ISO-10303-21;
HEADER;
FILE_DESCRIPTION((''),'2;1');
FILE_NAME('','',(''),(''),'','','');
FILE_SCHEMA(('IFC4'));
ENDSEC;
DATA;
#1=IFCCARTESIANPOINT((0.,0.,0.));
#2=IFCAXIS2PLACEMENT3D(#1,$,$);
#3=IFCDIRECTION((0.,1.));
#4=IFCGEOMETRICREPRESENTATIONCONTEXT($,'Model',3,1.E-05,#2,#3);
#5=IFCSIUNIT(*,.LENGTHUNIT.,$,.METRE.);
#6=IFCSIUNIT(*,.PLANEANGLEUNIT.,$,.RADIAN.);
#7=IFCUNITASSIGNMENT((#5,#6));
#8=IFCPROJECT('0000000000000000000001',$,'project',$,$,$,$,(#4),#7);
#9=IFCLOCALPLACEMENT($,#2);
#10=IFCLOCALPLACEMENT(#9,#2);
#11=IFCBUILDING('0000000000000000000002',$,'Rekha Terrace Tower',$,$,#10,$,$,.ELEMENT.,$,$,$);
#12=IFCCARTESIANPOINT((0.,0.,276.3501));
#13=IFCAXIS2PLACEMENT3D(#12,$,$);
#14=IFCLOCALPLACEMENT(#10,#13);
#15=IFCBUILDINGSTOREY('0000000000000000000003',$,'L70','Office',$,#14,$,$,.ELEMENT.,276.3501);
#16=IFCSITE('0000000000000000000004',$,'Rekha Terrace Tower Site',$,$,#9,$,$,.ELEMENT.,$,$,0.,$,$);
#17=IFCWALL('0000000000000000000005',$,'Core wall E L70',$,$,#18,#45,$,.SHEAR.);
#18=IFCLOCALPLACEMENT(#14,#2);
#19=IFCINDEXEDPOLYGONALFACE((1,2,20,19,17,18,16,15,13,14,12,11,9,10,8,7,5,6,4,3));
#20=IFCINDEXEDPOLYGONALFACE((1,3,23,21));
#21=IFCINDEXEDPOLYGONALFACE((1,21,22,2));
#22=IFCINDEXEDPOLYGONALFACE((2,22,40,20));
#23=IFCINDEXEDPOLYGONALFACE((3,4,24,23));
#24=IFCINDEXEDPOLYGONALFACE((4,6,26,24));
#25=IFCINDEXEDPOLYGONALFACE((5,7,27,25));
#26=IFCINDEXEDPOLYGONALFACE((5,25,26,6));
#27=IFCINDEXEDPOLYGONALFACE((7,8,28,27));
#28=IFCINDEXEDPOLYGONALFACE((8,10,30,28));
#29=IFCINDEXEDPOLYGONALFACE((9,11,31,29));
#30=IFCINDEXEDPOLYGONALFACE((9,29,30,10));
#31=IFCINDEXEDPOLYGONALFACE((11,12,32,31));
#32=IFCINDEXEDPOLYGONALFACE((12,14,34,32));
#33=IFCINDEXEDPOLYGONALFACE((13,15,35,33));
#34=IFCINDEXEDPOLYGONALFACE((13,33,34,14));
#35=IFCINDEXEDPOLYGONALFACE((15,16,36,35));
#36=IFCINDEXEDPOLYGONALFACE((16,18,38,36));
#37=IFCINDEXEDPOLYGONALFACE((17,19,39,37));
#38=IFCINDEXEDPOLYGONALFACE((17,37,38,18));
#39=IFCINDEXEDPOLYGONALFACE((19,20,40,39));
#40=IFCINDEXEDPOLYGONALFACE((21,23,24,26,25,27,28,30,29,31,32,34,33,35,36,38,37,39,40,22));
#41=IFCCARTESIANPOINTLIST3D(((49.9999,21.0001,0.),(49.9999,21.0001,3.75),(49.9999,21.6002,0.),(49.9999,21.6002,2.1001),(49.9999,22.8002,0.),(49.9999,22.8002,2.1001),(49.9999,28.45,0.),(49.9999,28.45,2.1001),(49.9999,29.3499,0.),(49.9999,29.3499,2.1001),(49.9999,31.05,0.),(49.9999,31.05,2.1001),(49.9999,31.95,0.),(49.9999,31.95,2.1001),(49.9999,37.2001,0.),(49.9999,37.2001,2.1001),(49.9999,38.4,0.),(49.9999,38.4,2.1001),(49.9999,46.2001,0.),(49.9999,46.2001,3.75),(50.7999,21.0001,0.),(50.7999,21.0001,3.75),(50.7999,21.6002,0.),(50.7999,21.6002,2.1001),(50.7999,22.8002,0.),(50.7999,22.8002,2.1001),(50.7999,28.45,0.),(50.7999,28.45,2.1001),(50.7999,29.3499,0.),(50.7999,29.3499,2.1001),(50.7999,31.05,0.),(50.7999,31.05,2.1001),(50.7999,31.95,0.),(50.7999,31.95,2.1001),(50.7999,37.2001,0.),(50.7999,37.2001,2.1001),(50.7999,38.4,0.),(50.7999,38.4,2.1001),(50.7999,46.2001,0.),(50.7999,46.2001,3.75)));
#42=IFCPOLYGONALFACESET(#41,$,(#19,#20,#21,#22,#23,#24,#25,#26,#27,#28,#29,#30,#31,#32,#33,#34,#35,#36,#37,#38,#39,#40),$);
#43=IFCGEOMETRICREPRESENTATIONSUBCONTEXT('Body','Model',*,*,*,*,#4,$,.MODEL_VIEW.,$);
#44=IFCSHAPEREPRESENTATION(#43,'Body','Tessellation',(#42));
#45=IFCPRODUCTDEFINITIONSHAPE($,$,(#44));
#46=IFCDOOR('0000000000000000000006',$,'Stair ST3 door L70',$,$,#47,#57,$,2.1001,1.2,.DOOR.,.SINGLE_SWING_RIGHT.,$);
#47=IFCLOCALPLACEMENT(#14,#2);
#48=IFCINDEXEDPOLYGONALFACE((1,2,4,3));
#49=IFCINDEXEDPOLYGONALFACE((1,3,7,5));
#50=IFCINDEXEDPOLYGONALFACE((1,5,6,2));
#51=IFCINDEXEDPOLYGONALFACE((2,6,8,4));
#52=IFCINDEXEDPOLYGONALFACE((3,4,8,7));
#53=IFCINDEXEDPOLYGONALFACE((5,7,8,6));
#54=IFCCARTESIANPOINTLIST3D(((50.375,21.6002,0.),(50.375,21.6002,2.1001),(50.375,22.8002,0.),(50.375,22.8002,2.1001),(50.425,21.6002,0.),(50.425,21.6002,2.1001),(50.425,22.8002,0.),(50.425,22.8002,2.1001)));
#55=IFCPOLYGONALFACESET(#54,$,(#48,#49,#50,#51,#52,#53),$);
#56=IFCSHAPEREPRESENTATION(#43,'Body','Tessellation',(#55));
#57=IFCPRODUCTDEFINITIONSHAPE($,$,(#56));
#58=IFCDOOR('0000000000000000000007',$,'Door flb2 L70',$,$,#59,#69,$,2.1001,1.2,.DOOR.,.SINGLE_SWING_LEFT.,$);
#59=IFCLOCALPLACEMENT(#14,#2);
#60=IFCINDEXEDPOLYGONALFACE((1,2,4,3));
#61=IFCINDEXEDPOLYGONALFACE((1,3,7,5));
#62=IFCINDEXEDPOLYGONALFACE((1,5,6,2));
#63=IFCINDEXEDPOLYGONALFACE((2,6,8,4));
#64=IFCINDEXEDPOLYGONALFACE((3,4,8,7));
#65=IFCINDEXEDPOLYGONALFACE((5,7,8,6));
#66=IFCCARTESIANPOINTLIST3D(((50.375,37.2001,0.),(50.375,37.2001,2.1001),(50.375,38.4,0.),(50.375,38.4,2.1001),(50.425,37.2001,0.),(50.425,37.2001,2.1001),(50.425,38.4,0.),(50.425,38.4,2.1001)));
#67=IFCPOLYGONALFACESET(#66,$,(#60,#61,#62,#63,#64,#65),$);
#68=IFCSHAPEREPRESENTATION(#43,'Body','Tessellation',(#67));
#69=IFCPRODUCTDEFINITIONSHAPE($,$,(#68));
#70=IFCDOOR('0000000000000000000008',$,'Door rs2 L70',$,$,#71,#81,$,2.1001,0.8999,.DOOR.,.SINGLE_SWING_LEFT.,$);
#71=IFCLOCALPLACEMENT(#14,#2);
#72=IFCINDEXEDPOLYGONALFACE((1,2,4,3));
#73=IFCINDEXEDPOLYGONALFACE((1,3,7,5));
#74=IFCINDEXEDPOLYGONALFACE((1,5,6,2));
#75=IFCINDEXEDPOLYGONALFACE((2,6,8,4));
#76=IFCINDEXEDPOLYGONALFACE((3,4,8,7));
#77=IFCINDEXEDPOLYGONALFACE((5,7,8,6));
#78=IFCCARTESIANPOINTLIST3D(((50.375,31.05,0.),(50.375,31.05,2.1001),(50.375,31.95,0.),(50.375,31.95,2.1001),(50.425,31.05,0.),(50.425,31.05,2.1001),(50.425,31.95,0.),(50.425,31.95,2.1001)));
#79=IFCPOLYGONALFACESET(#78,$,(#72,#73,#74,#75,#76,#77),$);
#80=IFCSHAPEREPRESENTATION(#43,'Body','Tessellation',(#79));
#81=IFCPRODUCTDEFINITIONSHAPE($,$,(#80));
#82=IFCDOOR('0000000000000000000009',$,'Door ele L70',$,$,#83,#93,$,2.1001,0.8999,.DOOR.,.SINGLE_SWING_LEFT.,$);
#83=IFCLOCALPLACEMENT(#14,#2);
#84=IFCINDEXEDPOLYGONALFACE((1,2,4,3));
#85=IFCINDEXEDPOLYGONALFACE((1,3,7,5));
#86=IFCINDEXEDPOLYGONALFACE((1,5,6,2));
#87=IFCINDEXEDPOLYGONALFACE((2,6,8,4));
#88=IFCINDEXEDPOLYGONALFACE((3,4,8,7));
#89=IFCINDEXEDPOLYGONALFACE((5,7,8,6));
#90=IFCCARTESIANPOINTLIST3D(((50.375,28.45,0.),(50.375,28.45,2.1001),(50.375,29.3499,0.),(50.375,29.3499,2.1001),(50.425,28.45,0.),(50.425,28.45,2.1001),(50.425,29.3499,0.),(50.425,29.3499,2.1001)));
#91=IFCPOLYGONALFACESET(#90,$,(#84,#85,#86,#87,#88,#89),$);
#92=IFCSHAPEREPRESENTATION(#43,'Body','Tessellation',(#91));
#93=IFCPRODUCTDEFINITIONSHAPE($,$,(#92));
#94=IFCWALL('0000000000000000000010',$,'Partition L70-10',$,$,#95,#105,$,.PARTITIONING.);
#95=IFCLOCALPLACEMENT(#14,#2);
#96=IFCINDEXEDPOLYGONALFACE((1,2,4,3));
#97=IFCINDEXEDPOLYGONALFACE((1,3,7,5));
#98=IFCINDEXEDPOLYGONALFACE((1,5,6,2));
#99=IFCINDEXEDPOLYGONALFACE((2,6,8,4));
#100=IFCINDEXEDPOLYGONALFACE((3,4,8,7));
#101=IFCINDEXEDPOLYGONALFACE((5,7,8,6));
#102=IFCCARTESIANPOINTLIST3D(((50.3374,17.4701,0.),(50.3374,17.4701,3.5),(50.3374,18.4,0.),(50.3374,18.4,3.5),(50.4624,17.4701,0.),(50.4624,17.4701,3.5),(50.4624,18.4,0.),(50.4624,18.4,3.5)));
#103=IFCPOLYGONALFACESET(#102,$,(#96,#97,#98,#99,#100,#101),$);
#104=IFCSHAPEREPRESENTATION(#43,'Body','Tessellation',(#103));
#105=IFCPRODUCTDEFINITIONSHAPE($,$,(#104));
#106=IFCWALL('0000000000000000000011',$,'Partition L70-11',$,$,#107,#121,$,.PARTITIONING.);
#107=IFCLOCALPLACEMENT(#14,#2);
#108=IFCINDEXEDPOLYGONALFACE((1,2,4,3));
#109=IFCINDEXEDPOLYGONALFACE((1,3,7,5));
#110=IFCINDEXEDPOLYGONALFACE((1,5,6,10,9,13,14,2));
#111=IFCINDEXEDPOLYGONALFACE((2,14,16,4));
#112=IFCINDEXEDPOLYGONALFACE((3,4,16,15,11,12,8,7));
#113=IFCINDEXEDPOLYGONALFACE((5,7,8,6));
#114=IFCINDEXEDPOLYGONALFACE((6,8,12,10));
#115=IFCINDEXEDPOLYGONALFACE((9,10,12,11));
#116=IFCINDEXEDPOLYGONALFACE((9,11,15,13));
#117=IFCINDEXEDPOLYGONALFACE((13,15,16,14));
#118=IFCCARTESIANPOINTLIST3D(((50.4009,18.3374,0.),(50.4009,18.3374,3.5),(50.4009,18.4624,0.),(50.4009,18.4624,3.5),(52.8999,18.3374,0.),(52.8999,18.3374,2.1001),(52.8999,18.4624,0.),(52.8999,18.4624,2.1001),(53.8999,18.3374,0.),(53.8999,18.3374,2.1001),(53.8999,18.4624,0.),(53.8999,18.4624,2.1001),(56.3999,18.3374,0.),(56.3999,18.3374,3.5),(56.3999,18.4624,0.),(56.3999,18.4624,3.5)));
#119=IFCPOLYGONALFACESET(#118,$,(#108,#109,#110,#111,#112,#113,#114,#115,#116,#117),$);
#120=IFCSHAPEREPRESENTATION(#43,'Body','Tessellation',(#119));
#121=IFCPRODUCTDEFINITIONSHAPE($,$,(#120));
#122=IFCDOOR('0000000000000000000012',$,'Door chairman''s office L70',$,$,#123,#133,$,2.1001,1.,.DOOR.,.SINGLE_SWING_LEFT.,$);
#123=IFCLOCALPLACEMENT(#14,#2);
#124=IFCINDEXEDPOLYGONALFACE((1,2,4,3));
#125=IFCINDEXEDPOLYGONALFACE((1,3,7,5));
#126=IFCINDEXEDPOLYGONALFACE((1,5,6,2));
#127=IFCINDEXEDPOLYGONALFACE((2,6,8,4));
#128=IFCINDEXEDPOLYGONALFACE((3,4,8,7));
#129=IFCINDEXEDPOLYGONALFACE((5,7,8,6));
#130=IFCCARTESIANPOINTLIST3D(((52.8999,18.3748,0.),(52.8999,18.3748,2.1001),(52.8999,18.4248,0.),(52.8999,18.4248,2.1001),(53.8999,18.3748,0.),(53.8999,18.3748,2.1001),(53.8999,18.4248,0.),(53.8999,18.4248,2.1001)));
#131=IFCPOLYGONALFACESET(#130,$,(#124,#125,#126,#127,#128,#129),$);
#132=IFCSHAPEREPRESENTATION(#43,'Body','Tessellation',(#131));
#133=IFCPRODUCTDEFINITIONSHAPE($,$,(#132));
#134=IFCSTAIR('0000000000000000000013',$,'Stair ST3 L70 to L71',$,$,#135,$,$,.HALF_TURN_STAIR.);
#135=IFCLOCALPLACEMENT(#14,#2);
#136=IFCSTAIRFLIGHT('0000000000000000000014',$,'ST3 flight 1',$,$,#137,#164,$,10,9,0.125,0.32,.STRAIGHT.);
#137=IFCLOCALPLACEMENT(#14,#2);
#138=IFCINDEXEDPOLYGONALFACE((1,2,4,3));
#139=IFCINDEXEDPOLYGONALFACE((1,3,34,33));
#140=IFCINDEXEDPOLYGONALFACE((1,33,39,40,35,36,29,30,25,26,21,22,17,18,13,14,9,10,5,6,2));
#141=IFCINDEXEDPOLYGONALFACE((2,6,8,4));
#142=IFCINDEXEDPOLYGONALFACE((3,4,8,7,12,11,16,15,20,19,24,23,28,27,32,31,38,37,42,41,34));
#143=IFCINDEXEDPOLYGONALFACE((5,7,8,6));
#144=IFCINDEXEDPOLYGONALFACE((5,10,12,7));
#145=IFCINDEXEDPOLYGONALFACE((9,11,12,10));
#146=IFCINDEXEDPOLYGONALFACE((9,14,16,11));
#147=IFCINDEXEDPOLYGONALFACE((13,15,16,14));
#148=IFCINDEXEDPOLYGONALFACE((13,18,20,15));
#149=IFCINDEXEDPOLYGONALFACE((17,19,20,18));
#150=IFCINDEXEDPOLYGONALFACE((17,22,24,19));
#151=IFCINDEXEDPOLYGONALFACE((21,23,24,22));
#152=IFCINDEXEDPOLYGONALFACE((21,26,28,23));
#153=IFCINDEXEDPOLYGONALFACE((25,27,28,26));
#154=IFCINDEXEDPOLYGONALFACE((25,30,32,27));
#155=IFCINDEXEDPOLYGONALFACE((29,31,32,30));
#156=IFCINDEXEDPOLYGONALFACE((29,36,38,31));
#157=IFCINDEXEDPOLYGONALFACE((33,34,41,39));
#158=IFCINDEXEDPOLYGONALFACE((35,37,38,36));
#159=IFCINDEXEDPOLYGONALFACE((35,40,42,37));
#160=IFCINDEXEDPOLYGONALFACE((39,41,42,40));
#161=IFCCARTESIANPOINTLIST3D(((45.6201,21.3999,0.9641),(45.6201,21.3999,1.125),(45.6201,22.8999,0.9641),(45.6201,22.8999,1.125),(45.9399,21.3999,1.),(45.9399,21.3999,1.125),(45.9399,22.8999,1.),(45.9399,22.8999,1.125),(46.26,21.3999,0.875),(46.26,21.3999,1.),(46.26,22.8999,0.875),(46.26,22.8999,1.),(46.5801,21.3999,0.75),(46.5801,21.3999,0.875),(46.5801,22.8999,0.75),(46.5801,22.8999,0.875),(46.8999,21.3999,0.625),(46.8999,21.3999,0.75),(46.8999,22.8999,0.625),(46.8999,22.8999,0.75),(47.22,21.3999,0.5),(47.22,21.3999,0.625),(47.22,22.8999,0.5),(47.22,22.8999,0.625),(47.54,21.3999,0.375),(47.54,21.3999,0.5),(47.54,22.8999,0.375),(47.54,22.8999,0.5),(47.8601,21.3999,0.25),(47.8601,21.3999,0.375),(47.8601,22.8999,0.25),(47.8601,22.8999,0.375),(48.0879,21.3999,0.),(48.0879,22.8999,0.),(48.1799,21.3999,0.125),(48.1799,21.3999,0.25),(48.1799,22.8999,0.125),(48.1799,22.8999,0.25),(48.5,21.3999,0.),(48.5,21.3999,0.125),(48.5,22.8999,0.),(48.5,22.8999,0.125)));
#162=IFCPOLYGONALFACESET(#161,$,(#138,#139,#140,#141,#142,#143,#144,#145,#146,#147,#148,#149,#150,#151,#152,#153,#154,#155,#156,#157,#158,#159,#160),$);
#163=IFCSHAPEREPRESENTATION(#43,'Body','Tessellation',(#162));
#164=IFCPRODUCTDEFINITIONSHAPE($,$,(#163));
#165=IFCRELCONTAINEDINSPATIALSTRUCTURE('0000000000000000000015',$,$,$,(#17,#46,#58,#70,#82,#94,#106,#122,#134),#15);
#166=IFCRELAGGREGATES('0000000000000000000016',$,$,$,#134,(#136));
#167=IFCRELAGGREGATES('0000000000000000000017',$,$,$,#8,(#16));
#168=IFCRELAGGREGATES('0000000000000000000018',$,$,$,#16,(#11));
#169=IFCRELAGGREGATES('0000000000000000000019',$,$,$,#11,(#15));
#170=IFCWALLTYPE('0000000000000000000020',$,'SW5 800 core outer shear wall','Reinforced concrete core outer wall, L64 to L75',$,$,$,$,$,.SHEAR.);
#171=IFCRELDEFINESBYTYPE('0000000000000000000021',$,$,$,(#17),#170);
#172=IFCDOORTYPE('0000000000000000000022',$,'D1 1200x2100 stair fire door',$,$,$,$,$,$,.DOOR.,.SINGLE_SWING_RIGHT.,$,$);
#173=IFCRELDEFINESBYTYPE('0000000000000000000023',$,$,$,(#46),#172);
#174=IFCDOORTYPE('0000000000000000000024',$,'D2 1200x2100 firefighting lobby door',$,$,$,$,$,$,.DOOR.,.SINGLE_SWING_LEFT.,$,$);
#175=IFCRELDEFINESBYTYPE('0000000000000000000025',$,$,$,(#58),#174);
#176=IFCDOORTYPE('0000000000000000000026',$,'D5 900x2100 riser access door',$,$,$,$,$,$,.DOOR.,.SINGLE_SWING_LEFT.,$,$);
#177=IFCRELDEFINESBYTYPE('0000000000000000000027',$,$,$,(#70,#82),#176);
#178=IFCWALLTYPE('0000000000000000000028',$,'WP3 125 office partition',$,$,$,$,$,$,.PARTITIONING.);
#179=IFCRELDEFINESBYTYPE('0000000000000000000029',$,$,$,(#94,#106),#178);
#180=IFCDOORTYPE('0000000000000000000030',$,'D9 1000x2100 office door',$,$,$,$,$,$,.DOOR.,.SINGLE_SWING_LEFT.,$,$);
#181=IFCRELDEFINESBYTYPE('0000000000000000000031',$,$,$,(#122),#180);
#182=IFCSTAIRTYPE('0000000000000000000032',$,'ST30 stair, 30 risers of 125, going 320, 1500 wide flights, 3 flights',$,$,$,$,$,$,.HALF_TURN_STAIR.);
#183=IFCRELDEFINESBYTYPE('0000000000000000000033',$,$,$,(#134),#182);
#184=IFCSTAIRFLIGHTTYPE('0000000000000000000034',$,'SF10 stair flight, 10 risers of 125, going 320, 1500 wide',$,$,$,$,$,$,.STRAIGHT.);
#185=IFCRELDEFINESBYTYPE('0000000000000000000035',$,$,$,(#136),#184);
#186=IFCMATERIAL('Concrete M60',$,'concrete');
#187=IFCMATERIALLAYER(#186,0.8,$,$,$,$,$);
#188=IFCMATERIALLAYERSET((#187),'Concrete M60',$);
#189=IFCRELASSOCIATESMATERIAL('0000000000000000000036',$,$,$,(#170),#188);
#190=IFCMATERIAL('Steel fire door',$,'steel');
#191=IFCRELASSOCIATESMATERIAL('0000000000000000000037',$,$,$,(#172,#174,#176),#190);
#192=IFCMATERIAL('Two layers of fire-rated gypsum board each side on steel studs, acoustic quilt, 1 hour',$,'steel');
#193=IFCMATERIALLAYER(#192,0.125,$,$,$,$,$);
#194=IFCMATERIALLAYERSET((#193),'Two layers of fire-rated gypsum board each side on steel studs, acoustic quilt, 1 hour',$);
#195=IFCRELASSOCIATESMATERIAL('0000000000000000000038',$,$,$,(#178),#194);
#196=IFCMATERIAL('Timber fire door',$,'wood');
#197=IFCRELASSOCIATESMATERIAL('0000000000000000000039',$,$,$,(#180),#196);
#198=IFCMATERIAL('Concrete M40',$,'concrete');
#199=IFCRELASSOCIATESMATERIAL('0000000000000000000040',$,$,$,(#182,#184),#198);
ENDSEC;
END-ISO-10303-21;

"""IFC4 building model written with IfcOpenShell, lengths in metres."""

from ifc_helpers import new_model, si_unit, direction, frame, frame_2d, origin, place, context, subcontext, project, spatial, polyline, rectangle, outline, extrude, material, layer, layer_set, type_object, element, fill, aggregate, save


model = new_model("IFC4")

# Units and contexts
model_context = context("Model", 3, precision=1e-05, world=origin(), true_north=direction((0.0, 1.0)))
body_context = subcontext(model_context, "Body", "Model", "MODEL_VIEW")
ifc_project = project(units=[si_unit("LENGTHUNIT", "METRE"), si_unit("PLANEANGLEUNIT", "RADIAN")], contexts=[model_context])

# Site, building, storey
site_placement = place(None, origin())
site = spatial("IfcSite", under=ifc_project, at=site_placement, Name="Rekha Terrace Tower Site", CompositionType="ELEMENT", RefElevation=0.0)
building_placement = place(site_placement, origin())
building = spatial("IfcBuilding", under=site, at=building_placement, Name="Rekha Terrace Tower", CompositionType="ELEMENT")
storey_placement = place(building_placement, frame((0.0, 0.0, 276.3501)))
storey = spatial("IfcBuildingStorey", under=building, at=storey_placement, Name="L70", Description="Office", CompositionType="ELEMENT", Elevation=276.3501)

# Shared definitions
ifc_material_1 = material(Name="Concrete M60", Category="concrete")

# Wall, openings, doors
ifc_layer_1 = layer(ifc_material_1, 0.8)
ifc_layer_set_1 = layer_set([ifc_layer_1], Name="Concrete M60")
wall_type_1 = type_object("IfcWallType", Name="SW5 800 core outer shear wall", Description="Reinforced concrete core outer wall, L64 to L75", PredefinedType="SHEAR", material=ifc_layer_set_1)
wall_1_placement = place(storey_placement, frame((50.3999, 21.0, 0.0), z_axis=(0.0, 0.0, 1.0), x_axis=(0.0, 1.0, 0.0)))
wall_1 = element("IfcWall", 1, at=wall_1_placement, inside=storey, type_object=wall_type_1, Name="Core wall E L70", PredefinedType="SHEAR", context=body_context, shape_type="SweptSolid", body=[
    extrude(rectangle(XDim=25.2, YDim=0.8, at=frame_2d((12.6001, 0.0))), origin(), (0.0, 0.0, 1.0), 3.75),
])
opening_1_placement = place(wall_1_placement, frame((16.2, 0.0, 0.0)))
opening_1 = element("IfcOpeningElement", 2, at=opening_1_placement, cuts=wall_1, PredefinedType="OPENING", context=body_context, shape_type="SweptSolid", body=[
    extrude(rectangle(XDim=1.2, YDim=2.1001, at=frame_2d((0.6001, 1.05))), frame((0.0, 0.4099, 0.0), z_axis=(0.0, -1.0, 0.0), x_axis=(1.0, 0.0, 0.0)), (0.0, 0.0, 1.0), 0.8201),
])
opening_2_placement = place(wall_1_placement, frame((10.05, 0.0, 0.0)))
opening_2 = element("IfcOpeningElement", 3, at=opening_2_placement, cuts=wall_1, PredefinedType="OPENING", context=body_context, shape_type="SweptSolid", body=[
    extrude(rectangle(XDim=0.8999, YDim=2.1001, at=frame_2d((0.45, 1.05))), frame((0.0, 0.4099, 0.0), z_axis=(0.0, -1.0, 0.0), x_axis=(1.0, 0.0, 0.0)), (0.0, 0.0, 1.0), 0.8201),
])
opening_3_placement = place(wall_1_placement, frame((7.45, 0.0, 0.0)))
opening_3 = element("IfcOpeningElement", 4, at=opening_3_placement, cuts=wall_1, PredefinedType="OPENING", context=body_context, shape_type="SweptSolid", body=[
    extrude(rectangle(XDim=0.8999, YDim=2.1001, at=frame_2d((0.45, 1.05))), frame((0.0, 0.4099, 0.0), z_axis=(0.0, -1.0, 0.0), x_axis=(1.0, 0.0, 0.0)), (0.0, 0.0, 1.0), 0.8201),
])
opening_4_placement = place(wall_1_placement, frame((0.6001, 0.0, 0.0)))
opening_4 = element("IfcOpeningElement", 5, at=opening_4_placement, cuts=wall_1, PredefinedType="OPENING", context=body_context, shape_type="SweptSolid", body=[
    extrude(rectangle(XDim=1.2, YDim=2.1001, at=frame_2d((0.6001, 1.05))), frame((0.0, 0.4099, 0.0), z_axis=(0.0, -1.0, 0.0), x_axis=(1.0, 0.0, 0.0)), (0.0, 0.0, 1.0), 0.8201),
])
ifc_material_2 = material(Name="Steel fire door", Category="steel")
door_type_1 = type_object("IfcDoorType", Name="D1 1200x2100 stair fire door", OperationType="SINGLE_SWING_RIGHT", PredefinedType="DOOR", material=ifc_material_2)
door_1_placement = place(opening_4_placement, origin())
door_1 = element("IfcDoor", 6, at=door_1_placement, inside=storey, type_object=door_type_1, Name="Stair ST3 door L70", OperationType="SINGLE_SWING_RIGHT", OverallHeight=2.1001, OverallWidth=1.2, PredefinedType="DOOR", context=body_context, shape_type="SweptSolid", body=[
    extrude(rectangle(XDim=1.2, YDim=2.1001, at=frame_2d((0.6001, 1.05))), frame((0.0, 0.0249, 0.0), z_axis=(0.0, -1.0, 0.0), x_axis=(1.0, 0.0, 0.0)), (0.0, 0.0, 1.0), 0.05),
])
fill(opening_4, door_1)
door_type_2 = type_object("IfcDoorType", Name="D2 1200x2100 firefighting lobby door", OperationType="SINGLE_SWING_LEFT", PredefinedType="DOOR", material=ifc_material_2)
door_2_placement = place(opening_1_placement, origin())
door_2 = element("IfcDoor", 7, at=door_2_placement, inside=storey, type_object=door_type_2, Name="Door flb2 L70", OperationType="SINGLE_SWING_LEFT", OverallHeight=2.1001, OverallWidth=1.2, PredefinedType="DOOR", context=body_context, shape_type="SweptSolid", body=[
    extrude(rectangle(XDim=1.2, YDim=2.1001, at=frame_2d((0.6001, 1.05))), frame((0.0, 0.0249, 0.0), z_axis=(0.0, -1.0, 0.0), x_axis=(1.0, 0.0, 0.0)), (0.0, 0.0, 1.0), 0.05),
])
fill(opening_1, door_2)
door_type_3 = type_object("IfcDoorType", Name="D5 900x2100 riser access door", OperationType="SINGLE_SWING_LEFT", PredefinedType="DOOR", material=ifc_material_2)
door_3_placement = place(opening_2_placement, origin())
door_3 = element("IfcDoor", 8, at=door_3_placement, inside=storey, type_object=door_type_3, Name="Door rs2 L70", OperationType="SINGLE_SWING_LEFT", OverallHeight=2.1001, OverallWidth=0.8999, PredefinedType="DOOR", context=body_context, shape_type="SweptSolid", body=[
    extrude(rectangle(XDim=0.8999, YDim=2.1001, at=frame_2d((0.45, 1.05))), frame((0.0, 0.0249, 0.0), z_axis=(0.0, -1.0, 0.0), x_axis=(1.0, 0.0, 0.0)), (0.0, 0.0, 1.0), 0.05),
])
fill(opening_2, door_3)
door_4_placement = place(opening_3_placement, origin())
door_4 = element("IfcDoor", 9, at=door_4_placement, inside=storey, type_object=door_type_3, Name="Door ele L70", OperationType="SINGLE_SWING_LEFT", OverallHeight=2.1001, OverallWidth=0.8999, PredefinedType="DOOR", context=body_context, shape_type="SweptSolid", body=[
    extrude(rectangle(XDim=0.8999, YDim=2.1001, at=frame_2d((0.45, 1.05))), frame((0.0, 0.0249, 0.0), z_axis=(0.0, -1.0, 0.0), x_axis=(1.0, 0.0, 0.0)), (0.0, 0.0, 1.0), 0.05),
])
fill(opening_3, door_4)

# Wall
ifc_material_3 = material(Name="Two layers of fire-rated gypsum board each side on steel studs, acoustic quilt, 1 hour", Category="steel")
ifc_layer_2 = layer(ifc_material_3, 0.125)
ifc_layer_set_2 = layer_set([ifc_layer_2], Name="Two layers of fire-rated gypsum board each side on steel studs, acoustic quilt, 1 hour")
wall_type_2 = type_object("IfcWallType", Name="WP3 125 office partition", PredefinedType="PARTITIONING", material=ifc_layer_set_2)
wall_2_placement = place(storey_placement, frame((50.3999, 18.3999, 0.0), z_axis=(0.0, 0.0, 1.0), x_axis=(0.0, -1.0, 0.0)))
element("IfcWall", 10, at=wall_2_placement, inside=storey, type_object=wall_type_2, Name="Partition L70-10", PredefinedType="PARTITIONING", context=body_context, shape_type="SweptSolid", body=[
    extrude(rectangle(XDim=0.9299, YDim=0.125, at=frame_2d((0.4648, 0.0))), origin(), (0.0, 0.0, 1.0), 3.5),
])

# Wall, opening, door
wall_3_placement = place(storey_placement, frame((50.4009, 18.3999, 0.0), z_axis=(0.0, 0.0, 1.0), x_axis=(1.0, 0.0, 0.0)))
wall_3 = element("IfcWall", 11, at=wall_3_placement, inside=storey, type_object=wall_type_2, Name="Partition L70-11", PredefinedType="PARTITIONING", context=body_context, shape_type="SweptSolid", body=[
    extrude(rectangle(XDim=5.999, YDim=0.125, at=frame_2d((2.9995, 0.0))), origin(), (0.0, 0.0, 1.0), 3.5),
])
opening_5_placement = place(wall_3_placement, frame((2.499, 0.0, 0.0)))
opening_5 = element("IfcOpeningElement", 12, at=opening_5_placement, cuts=wall_3, PredefinedType="OPENING", context=body_context, shape_type="SweptSolid", body=[
    extrude(rectangle(XDim=1.0, YDim=2.1001, at=frame_2d((0.5, 1.05))), frame((0.0, 0.0725, 0.0), z_axis=(0.0, -1.0, 0.0), x_axis=(1.0, 0.0, 0.0)), (0.0, 0.0, 1.0), 0.145),
])
ifc_material_4 = material(Name="Timber fire door", Category="wood")
door_type_4 = type_object("IfcDoorType", Name="D9 1000x2100 office door", OperationType="SINGLE_SWING_LEFT", PredefinedType="DOOR", material=ifc_material_4)
door_5_placement = place(opening_5_placement, origin())
door_5 = element("IfcDoor", 13, at=door_5_placement, inside=storey, type_object=door_type_4, Name="Door chairman's office L70", OperationType="SINGLE_SWING_LEFT", OverallHeight=2.1001, OverallWidth=1.0, PredefinedType="DOOR", context=body_context, shape_type="SweptSolid", body=[
    extrude(rectangle(XDim=1.0, YDim=2.1001, at=frame_2d((0.5, 1.05))), frame((0.0, 0.0249, 0.0), z_axis=(0.0, -1.0, 0.0), x_axis=(1.0, 0.0, 0.0)), (0.0, 0.0, 1.0), 0.05),
])
fill(opening_5, door_5)

# Stair, stair flight
ifc_material_5 = material(Name="Concrete M40", Category="concrete")
stair_type = type_object("IfcStairType", Name="ST30 stair, 30 risers of 125, going 320, 1500 wide flights, 3 flights", PredefinedType="HALF_TURN_STAIR", material=ifc_material_5)
stair_placement = place(storey_placement, origin())
stair = element("IfcStair", 14, at=stair_placement, inside=storey, type_object=stair_type, Name="Stair ST3 L70 to L71", PredefinedType="HALF_TURN_STAIR")
stair_flight_type = type_object("IfcStairFlightType", Name="SF10 stair flight, 10 risers of 125, going 320, 1500 wide", PredefinedType="STRAIGHT", material=ifc_material_5)
stair_flight_1_placement = place(storey_placement, frame((48.5, 22.1499, 0.0), z_axis=(0.0, 0.0, 1.0), x_axis=(-1.0, 0.0, 0.0)))
stair_flight_1 = element("IfcStairFlight", 15, at=stair_flight_1_placement, type_object=stair_flight_type, Name="ST3 flight 1", NumberOfRisers=10, NumberOfTreads=9, PredefinedType="STRAIGHT", RiserHeight=0.125, TreadLength=0.32, context=body_context, shape_type="SweptSolid", body=[
    extrude(outline(polyline([(0.0, 0.0), (0.0, 0.125), (0.3201, 0.125), (0.3201, 0.25), (0.6399, 0.25), (0.6399, 0.375), (0.96, 0.375), (0.96, 0.5), (1.28, 0.5), (1.28, 0.625), (1.6001, 0.625), (1.6001, 0.75), (1.9199, 0.75), (1.9199, 0.875), (2.24, 0.875), (2.24, 1.0), (2.5601, 1.0), (2.5601, 1.125), (2.8799, 1.125), (2.8799, 1.25), (2.8799, 0.9641), (0.4121, 0.0), (0.0, 0.0)])), frame((0.0, 0.75, 0.0), z_axis=(0.0, -1.0, 0.0), x_axis=(1.0, 0.0, 0.0)), (0.0, 0.0, 1.0), 1.5),
])
aggregate(stair, [stair_flight_1])

save(model, "model.ifc")
